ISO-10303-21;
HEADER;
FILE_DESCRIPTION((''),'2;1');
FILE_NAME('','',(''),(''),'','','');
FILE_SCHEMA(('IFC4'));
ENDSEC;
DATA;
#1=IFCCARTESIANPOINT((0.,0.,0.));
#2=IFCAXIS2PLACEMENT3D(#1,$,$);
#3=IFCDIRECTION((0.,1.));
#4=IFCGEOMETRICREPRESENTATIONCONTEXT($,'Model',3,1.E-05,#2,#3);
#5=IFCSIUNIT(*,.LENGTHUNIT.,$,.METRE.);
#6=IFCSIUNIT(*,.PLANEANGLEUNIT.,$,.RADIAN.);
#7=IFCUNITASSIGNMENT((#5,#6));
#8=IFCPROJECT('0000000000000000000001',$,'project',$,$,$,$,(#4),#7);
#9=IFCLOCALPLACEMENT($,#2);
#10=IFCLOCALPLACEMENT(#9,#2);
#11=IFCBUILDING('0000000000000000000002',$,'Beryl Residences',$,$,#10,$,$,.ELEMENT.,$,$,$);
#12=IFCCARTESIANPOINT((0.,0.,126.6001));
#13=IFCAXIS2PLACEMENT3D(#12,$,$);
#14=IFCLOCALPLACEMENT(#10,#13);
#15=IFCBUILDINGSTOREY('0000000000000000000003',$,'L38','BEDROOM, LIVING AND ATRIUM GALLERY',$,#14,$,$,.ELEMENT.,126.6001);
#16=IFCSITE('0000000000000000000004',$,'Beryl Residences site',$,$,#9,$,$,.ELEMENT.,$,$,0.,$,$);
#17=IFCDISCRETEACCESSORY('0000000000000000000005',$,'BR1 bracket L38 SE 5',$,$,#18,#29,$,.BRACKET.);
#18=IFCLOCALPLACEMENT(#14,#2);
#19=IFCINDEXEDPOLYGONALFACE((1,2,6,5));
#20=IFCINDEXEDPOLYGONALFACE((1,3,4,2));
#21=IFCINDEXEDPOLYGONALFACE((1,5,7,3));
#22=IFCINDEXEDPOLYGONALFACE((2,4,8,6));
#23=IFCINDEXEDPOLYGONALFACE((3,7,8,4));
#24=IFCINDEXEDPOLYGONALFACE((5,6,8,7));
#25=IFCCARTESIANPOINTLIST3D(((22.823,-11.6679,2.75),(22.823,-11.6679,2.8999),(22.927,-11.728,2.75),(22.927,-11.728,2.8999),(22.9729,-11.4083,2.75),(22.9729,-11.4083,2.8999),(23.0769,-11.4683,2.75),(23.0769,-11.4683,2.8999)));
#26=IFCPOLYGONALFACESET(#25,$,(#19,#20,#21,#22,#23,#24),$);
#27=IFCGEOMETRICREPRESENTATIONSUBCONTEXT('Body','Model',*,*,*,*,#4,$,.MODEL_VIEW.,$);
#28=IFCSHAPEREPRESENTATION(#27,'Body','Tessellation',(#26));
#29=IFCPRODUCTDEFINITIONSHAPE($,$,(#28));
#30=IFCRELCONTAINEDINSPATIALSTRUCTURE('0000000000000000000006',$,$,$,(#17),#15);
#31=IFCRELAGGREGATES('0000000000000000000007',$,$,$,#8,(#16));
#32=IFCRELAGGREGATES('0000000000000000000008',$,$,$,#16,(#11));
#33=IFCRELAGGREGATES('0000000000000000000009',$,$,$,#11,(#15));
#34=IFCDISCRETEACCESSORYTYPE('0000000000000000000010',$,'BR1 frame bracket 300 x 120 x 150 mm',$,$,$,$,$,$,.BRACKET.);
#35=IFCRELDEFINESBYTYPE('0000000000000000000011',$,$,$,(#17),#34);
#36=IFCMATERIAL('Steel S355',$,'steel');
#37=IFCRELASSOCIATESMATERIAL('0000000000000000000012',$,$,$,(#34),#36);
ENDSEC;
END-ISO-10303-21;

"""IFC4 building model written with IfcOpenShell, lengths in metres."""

from ifc_helpers import new_model, si_unit, direction, frame, origin, place, context, subcontext, project, spatial, polyline, outline, extrude, source, transform, mapped, material, type_object, type_shapes, element, save


model = new_model("IFC4")

# Units and contexts
model_context = context("Model", 3, precision=1e-05, world=origin(), true_north=direction((0.0, 1.0)))
body_context = subcontext(model_context, "Body", "Model", "MODEL_VIEW")
ifc_project = project(units=[si_unit("LENGTHUNIT", "METRE"), si_unit("PLANEANGLEUNIT", "RADIAN")], contexts=[model_context])

# Site, building, storey
site_placement = place(None, origin())
site = spatial("IfcSite", under=ifc_project, at=site_placement, Name="Beryl Residences site", CompositionType="ELEMENT", RefElevation=0.0)
building_placement = place(site_placement, origin())
building = spatial("IfcBuilding", under=site, at=building_placement, Name="Beryl Residences", CompositionType="ELEMENT")
storey_placement = place(building_placement, frame((0.0, 0.0, 126.6001)))
storey = spatial("IfcBuildingStorey", under=building, at=storey_placement, Name="L38", Description="BEDROOM, LIVING AND ATRIUM GALLERY", CompositionType="ELEMENT", Elevation=126.6001)

# Discrete accessory
ifc_material_1 = material(Name="Steel S355", Category="steel")
discrete_accessory_type = type_object("IfcDiscreteAccessoryType", Name="BR1 frame bracket 300 x 120 x 150 mm", PredefinedType="BRACKET", material=ifc_material_1)
shared_shape_1 = source(origin(), body_context, "Body", "SweptSolid", [
    extrude(outline(polyline([(-0.1499, 0.0), (0.1499, 0.0), (0.1499, 0.1201), (-0.1499, 0.1201), (-0.1499, 0.0)])), origin(), (0.0, 0.0, 1.0), 0.1499),
])
type_shapes(discrete_accessory_type, [shared_shape_1])
discrete_accessory_placement = place(storey_placement, frame((22.8979, -11.5381, 2.75), z_axis=(0.0, 0.0, 1.0), x_axis=(-0.5, -0.866025, 0.0)))
element("IfcDiscreteAccessory", 1, at=discrete_accessory_placement, inside=storey, type_object=discrete_accessory_type, Name="BR1 bracket L38 SE 5", PredefinedType="BRACKET", context=body_context, shape_type="MappedRepresentation", body=[
    mapped(shared_shape_1, transform((0.0, 0.0, 0.0))),
])

save(model, "model.ifc")
